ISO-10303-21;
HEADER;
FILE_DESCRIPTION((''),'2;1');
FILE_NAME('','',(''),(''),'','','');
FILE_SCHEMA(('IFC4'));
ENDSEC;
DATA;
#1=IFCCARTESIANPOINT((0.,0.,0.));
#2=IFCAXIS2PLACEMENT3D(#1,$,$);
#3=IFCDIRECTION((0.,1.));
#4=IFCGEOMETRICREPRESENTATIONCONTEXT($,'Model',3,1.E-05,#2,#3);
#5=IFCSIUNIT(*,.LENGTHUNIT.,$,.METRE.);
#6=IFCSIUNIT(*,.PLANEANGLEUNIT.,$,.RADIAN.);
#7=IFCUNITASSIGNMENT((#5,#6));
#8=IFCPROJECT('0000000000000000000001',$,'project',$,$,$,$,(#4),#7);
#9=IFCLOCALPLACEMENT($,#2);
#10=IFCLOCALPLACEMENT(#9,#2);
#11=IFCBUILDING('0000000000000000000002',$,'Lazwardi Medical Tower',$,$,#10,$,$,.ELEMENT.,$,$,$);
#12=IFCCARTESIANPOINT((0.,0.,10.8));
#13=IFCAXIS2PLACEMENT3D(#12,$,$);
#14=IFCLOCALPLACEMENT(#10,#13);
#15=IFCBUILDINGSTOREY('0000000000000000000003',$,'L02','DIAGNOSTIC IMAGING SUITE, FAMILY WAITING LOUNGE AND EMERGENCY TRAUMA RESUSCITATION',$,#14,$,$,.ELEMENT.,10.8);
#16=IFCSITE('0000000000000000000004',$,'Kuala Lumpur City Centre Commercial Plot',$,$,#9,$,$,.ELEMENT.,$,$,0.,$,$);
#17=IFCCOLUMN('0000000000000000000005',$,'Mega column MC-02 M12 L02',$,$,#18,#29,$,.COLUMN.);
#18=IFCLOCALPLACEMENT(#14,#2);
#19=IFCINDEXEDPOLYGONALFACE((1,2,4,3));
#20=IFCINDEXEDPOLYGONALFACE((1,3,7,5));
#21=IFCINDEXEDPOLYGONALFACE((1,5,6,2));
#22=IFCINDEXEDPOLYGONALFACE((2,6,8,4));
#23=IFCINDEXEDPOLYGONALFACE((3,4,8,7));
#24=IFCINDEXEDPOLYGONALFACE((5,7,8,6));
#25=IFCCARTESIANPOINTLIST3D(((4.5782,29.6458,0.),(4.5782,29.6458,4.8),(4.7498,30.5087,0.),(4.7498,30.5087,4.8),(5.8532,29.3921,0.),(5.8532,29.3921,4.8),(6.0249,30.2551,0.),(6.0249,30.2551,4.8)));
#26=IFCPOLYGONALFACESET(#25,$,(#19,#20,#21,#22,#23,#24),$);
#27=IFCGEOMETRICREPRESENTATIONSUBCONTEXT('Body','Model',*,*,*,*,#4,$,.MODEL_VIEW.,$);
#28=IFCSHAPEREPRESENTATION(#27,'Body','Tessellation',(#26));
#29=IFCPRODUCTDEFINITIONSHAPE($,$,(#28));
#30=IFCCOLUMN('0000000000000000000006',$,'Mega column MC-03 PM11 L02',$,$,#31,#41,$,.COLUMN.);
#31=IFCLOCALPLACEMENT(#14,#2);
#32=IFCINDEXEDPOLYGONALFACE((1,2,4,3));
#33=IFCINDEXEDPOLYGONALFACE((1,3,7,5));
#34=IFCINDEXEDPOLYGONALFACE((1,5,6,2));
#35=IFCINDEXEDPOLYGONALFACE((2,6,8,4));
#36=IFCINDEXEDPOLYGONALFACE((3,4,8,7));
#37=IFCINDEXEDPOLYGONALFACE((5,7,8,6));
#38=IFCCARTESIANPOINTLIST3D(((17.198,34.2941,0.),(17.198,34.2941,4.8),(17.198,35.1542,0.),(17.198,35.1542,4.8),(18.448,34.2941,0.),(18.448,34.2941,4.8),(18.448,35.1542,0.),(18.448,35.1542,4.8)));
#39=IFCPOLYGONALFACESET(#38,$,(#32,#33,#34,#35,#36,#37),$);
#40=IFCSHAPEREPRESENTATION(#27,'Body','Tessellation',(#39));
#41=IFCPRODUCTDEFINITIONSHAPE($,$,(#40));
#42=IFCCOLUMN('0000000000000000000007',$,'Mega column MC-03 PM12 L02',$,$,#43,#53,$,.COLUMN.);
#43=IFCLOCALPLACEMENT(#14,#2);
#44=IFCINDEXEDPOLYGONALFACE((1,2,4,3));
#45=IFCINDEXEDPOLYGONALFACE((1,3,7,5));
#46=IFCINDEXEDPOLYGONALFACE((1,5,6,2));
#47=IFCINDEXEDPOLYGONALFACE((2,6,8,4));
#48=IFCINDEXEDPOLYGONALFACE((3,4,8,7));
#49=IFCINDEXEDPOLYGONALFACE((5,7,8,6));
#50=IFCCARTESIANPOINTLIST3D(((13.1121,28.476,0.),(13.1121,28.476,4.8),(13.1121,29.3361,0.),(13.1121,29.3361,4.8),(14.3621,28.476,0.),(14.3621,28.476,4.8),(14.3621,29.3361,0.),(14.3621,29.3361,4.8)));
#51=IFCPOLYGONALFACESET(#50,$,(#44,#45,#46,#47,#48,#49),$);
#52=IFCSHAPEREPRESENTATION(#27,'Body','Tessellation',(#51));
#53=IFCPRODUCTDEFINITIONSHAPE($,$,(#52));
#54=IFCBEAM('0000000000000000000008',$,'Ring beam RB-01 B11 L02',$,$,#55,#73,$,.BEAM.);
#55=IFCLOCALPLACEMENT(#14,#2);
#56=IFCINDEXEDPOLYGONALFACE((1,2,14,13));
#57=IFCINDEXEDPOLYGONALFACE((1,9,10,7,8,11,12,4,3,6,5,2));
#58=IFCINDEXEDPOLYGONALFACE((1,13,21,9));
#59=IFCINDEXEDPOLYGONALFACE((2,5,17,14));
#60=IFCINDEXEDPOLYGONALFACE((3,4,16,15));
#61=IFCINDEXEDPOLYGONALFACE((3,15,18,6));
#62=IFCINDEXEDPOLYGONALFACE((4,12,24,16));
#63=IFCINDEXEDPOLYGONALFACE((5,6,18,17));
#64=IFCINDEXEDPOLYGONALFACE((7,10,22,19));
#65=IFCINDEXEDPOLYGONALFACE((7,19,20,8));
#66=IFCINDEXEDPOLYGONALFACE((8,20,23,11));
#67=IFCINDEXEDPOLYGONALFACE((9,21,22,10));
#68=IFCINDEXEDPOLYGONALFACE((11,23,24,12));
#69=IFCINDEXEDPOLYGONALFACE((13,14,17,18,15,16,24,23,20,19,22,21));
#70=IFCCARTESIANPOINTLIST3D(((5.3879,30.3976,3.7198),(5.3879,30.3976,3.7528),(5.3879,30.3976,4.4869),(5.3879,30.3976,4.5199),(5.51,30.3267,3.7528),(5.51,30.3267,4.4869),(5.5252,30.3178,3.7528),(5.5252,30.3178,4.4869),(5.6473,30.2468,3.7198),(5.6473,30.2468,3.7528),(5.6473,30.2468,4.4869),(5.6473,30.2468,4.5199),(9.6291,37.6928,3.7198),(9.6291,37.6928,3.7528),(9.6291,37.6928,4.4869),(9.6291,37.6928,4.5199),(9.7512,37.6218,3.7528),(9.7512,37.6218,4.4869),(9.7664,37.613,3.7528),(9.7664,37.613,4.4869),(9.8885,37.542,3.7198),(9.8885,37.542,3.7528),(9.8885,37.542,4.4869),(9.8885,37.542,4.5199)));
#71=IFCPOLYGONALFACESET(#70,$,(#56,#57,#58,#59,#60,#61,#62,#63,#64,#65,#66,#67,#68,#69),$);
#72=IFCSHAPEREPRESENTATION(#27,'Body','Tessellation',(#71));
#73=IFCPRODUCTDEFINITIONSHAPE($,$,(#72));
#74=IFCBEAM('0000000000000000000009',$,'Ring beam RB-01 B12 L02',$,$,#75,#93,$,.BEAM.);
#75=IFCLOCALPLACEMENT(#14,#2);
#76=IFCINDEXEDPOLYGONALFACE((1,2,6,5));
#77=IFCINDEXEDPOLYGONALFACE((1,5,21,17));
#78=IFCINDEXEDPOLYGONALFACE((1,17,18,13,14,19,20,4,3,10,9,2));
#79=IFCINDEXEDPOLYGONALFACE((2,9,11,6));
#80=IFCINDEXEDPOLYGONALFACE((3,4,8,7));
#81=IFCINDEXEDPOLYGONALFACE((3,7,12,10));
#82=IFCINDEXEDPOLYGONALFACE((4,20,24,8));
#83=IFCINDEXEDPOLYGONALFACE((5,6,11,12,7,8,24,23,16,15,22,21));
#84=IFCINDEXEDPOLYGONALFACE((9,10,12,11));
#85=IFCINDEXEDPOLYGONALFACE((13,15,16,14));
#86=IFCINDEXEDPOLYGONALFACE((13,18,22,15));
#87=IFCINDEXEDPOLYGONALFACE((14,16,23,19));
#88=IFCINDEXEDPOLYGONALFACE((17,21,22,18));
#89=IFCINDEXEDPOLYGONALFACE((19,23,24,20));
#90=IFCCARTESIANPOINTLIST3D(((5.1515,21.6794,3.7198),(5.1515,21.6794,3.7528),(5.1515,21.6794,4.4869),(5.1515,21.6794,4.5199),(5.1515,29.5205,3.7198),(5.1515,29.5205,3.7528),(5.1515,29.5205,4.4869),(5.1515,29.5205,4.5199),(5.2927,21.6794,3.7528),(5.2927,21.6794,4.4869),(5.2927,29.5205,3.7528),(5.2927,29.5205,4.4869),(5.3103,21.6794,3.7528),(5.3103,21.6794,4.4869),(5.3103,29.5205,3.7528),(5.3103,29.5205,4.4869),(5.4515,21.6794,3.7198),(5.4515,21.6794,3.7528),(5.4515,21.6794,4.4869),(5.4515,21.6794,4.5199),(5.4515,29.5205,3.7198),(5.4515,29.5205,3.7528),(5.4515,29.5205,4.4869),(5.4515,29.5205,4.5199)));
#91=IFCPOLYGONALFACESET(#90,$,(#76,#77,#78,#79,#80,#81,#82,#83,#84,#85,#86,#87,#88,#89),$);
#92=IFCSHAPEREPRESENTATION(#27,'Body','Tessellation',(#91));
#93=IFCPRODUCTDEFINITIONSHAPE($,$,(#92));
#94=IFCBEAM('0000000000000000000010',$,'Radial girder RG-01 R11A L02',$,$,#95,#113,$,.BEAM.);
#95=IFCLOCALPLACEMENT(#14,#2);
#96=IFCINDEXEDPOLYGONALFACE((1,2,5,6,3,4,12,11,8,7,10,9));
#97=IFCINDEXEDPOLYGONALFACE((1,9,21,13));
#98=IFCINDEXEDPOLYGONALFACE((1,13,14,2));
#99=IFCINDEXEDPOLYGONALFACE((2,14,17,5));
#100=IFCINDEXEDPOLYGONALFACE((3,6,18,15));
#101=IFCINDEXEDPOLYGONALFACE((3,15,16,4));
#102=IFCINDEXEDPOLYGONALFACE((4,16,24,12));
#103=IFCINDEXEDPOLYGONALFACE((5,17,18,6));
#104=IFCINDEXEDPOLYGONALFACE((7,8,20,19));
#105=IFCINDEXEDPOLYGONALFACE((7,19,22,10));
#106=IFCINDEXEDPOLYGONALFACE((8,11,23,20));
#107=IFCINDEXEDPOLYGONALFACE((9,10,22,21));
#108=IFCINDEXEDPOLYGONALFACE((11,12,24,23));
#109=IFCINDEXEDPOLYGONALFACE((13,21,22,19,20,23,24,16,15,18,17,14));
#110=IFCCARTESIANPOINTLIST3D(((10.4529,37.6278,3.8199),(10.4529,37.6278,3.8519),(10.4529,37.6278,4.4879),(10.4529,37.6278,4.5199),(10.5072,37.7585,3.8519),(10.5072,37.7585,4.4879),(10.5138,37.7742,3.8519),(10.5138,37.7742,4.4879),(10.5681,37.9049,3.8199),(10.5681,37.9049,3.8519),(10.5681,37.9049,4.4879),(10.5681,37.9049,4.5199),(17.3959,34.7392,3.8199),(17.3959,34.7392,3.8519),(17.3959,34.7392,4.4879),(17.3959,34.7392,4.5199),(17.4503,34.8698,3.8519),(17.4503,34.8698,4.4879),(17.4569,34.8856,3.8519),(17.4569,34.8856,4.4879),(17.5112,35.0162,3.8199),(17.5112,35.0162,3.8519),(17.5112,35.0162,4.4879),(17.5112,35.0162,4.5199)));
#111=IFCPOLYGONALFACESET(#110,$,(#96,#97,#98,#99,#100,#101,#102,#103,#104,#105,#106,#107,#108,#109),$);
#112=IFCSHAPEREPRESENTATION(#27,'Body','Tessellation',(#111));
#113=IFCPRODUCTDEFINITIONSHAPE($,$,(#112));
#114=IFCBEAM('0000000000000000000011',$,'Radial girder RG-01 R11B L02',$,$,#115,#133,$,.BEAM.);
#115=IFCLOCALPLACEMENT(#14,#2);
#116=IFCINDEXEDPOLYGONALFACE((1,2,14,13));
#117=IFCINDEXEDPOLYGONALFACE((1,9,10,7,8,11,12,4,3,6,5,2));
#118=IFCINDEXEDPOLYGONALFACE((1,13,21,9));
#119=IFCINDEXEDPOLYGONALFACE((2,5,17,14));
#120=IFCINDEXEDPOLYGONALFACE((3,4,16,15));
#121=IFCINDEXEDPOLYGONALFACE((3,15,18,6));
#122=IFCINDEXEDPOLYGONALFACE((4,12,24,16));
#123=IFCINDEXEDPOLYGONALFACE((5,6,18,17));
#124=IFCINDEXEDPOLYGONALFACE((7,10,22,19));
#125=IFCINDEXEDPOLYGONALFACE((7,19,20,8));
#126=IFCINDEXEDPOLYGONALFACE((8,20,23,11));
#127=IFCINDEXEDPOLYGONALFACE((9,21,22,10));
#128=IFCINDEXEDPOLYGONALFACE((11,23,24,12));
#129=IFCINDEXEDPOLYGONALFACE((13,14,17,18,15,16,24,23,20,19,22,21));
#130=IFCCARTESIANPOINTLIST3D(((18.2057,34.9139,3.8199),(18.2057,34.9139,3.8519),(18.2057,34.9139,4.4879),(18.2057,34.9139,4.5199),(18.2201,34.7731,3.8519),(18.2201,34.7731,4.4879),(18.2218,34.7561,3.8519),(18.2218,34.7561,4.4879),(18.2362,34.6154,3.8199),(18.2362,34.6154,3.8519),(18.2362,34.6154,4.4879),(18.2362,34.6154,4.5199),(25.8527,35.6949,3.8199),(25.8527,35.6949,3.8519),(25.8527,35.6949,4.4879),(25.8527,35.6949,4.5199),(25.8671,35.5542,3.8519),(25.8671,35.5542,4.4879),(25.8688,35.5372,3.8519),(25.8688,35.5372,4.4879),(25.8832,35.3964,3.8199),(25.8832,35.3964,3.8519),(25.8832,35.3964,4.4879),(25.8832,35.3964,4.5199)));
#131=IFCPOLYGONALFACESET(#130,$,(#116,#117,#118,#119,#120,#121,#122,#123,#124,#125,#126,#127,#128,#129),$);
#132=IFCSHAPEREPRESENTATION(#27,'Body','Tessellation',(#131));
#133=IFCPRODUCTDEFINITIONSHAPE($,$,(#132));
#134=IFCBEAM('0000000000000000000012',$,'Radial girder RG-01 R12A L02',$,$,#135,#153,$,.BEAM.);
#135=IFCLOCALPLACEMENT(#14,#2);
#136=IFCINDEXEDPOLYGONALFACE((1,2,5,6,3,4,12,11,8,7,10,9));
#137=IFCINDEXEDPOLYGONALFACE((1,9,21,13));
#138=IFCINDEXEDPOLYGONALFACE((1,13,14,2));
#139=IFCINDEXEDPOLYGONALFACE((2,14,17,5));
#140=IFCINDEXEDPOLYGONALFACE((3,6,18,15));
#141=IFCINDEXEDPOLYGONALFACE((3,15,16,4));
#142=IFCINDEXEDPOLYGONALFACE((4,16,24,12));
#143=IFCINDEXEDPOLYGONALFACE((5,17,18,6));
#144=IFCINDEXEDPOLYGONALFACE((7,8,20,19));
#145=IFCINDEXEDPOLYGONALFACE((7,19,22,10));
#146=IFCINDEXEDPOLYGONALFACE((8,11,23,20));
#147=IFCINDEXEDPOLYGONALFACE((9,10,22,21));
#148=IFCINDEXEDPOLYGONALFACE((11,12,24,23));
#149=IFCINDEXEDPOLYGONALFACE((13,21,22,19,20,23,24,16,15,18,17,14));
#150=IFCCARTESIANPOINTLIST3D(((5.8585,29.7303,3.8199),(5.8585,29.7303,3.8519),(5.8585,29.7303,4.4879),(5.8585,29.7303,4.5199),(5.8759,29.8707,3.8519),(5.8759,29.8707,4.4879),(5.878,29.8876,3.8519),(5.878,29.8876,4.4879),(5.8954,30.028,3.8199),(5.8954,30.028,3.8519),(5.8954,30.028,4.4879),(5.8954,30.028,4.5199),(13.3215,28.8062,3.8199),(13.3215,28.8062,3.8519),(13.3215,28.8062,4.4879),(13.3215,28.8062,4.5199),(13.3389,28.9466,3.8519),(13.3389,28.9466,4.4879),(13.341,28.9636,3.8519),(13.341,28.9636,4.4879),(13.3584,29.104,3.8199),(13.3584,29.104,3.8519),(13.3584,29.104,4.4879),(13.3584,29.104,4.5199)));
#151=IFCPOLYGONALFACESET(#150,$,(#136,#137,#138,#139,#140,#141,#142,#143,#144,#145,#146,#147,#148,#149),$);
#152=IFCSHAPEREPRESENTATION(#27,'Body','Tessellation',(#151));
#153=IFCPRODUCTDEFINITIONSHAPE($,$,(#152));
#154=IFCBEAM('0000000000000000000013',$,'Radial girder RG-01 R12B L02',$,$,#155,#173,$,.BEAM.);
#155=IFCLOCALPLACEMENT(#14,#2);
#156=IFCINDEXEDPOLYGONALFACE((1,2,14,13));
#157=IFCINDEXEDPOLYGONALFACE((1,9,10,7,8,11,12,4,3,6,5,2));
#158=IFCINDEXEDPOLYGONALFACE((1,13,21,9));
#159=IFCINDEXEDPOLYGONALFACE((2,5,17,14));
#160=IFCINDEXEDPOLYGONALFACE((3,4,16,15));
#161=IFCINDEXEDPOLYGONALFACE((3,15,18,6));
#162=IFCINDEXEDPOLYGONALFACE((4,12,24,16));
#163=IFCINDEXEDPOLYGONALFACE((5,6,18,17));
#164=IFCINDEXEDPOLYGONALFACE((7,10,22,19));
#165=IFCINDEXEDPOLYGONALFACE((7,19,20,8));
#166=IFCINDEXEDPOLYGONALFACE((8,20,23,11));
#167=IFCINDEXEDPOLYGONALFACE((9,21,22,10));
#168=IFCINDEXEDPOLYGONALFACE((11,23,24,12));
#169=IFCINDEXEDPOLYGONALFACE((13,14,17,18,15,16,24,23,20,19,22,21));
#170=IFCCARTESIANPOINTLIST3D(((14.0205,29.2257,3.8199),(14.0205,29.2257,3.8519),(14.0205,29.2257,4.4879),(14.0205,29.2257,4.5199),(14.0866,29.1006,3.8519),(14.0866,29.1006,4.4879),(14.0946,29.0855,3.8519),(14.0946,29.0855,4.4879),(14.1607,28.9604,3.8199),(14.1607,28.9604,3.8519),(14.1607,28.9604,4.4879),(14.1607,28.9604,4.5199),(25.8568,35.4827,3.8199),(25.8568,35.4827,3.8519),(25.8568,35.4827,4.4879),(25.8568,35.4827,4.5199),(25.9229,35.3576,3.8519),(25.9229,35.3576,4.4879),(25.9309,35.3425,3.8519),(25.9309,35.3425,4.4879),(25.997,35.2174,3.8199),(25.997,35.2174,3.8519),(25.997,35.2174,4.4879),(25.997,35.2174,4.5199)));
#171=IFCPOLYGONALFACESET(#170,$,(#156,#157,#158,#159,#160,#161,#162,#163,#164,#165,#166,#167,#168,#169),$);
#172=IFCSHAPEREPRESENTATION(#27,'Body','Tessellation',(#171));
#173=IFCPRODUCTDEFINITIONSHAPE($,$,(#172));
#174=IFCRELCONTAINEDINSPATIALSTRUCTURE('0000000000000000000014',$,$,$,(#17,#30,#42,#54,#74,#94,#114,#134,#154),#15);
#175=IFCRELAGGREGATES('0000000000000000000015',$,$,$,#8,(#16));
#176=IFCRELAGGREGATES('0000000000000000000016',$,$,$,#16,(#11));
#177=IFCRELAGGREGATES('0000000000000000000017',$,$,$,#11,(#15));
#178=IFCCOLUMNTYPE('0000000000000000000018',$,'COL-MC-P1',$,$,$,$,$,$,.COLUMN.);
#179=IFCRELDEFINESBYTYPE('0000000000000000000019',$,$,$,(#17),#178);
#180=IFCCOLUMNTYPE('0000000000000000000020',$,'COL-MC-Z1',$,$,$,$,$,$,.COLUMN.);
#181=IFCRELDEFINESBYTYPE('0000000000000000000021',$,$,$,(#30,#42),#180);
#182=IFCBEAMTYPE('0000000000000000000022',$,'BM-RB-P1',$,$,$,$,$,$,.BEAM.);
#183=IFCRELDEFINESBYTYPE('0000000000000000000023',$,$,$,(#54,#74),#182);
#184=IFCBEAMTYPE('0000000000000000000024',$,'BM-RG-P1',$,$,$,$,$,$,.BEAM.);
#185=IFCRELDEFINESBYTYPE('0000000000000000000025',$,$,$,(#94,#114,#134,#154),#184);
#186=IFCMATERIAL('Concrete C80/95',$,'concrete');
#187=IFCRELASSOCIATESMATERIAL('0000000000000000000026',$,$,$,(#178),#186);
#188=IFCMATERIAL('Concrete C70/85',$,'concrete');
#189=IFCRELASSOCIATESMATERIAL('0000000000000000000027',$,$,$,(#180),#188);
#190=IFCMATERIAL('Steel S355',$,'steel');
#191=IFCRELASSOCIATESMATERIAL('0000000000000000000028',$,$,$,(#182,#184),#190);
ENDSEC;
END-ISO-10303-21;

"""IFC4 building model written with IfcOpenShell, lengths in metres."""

from ifc_helpers import new_model, si_unit, direction, frame, origin, origin_2d, place, context, subcontext, project, spatial, rectangle, i_section, extrude, material, material_profile, profile_set, type_object, element, save


model = new_model("IFC4")

# Units and contexts
model_context = context("Model", 3, precision=1e-05, world=origin(), true_north=direction((0.0, 1.0)))
body_context = subcontext(model_context, "Body", "Model", "MODEL_VIEW")
ifc_project = project(units=[si_unit("LENGTHUNIT", "METRE"), si_unit("PLANEANGLEUNIT", "RADIAN")], contexts=[model_context])

# Site, building, storey
site_placement = place(None, origin())
site = spatial("IfcSite", under=ifc_project, at=site_placement, Name="Kuala Lumpur City Centre Commercial Plot", CompositionType="ELEMENT", RefElevation=0.0)
building_placement = place(site_placement, origin())
building = spatial("IfcBuilding", under=site, at=building_placement, Name="Lazwardi Medical Tower", CompositionType="ELEMENT")
storey_placement = place(building_placement, frame((0.0, 0.0, 10.8)))
storey = spatial("IfcBuildingStorey", under=building, at=storey_placement, Name="L02", Description="DIAGNOSTIC IMAGING SUITE, FAMILY WAITING LOUNGE AND EMERGENCY TRAUMA RESUSCITATION", CompositionType="ELEMENT", Elevation=10.8)

# Columns
ifc_material_1 = material(Name="Concrete C80/95", Category="concrete")
ifc_material_profile_1 = material_profile(ifc_material_1, rectangle(XDim=1.3, YDim=0.8799, at=origin_2d()), Name="CFT-RECT 1300x880")
ifc_profile_set_1 = profile_set([ifc_material_profile_1], Name="Concrete C80/95")
column_type_1 = type_object("IfcColumnType", Name="COL-MC-P1", PredefinedType="COLUMN", material=ifc_profile_set_1)
column_placement = place(storey_placement, frame((5.3015, 29.9504, 0.0), z_axis=(0.0, 0.0, 1.0), x_axis=(-0.980785, 0.19509, 0.0)))
element("IfcColumn", 1, at=column_placement, inside=storey, type_object=column_type_1, Name="Mega column MC-02 M12 L02", PredefinedType="COLUMN", context=body_context, shape_type="SweptSolid", body=[
    extrude(rectangle(XDim=1.3, YDim=0.8799, at=origin_2d()), origin(), (0.0, 0.0, 1.0), 4.8),
])
ifc_material_2 = material(Name="Concrete C70/85", Category="concrete")
ifc_material_profile_2 = material_profile(ifc_material_2, rectangle(XDim=1.25, YDim=0.8601, at=origin_2d()), Name="CFT-RECT 1250x860")
ifc_profile_set_2 = profile_set([ifc_material_profile_2], Name="Concrete C70/85")
column_type_2 = type_object("IfcColumnType", Name="COL-MC-Z1", PredefinedType="COLUMN", material=ifc_profile_set_2)
for number, where, z_axis, x_axis, name in (
    (2, (17.823, 34.7241, 0.0), (0.0, 0.0, 1.0), (1.0, 0.0, 0.0), "Mega column MC-03 PM11 L02"),
    (3, (13.7371, 28.906, 0.0), (0.0, 0.0, 1.0), (1.0, 0.0, 0.0), "Mega column MC-03 PM12 L02"),
):
    element("IfcColumn", number, at=place(storey_placement, frame(where, z_axis=z_axis, x_axis=x_axis)), inside=storey, type_object=column_type_2, Name=name, PredefinedType="COLUMN", context=body_context, shape_type="SweptSolid", body=[
        extrude(rectangle(XDim=1.25, YDim=0.8601, at=origin_2d()), origin(), (0.0, 0.0, 1.0), 4.8),
    ])

# Beams
ifc_material_3 = material(Name="Steel S355", Category="steel")
ifc_material_profile_3 = material_profile(ifc_material_3, i_section(OverallWidth=0.3, OverallDepth=0.8, WebThickness=0.0176, FlangeThickness=0.033, at=origin_2d()), Name="HEB 800")
ifc_profile_set_3 = profile_set([ifc_material_profile_3], Name="Steel S355")
beam_type_1 = type_object("IfcBeamType", Name="BM-RB-P1", PredefinedType="BEAM", material=ifc_profile_set_3)
beam_1_placement = place(storey_placement, frame((9.7588, 37.6174, 4.1199), z_axis=(-0.502606, -0.864516, 0.0), x_axis=(0.864516, -0.502606, 0.0)))
element("IfcBeam", 4, at=beam_1_placement, inside=storey, type_object=beam_type_1, Name="Ring beam RB-01 B11 L02", PredefinedType="BEAM", context=body_context, shape_type="SweptSolid", body=[
    extrude(i_section(OverallWidth=0.3, OverallDepth=0.8, WebThickness=0.0176, FlangeThickness=0.033, at=origin_2d()), origin(), (0.0, 0.0, 1.0), 8.4385),
])
beam_2_placement = place(storey_placement, frame((5.3015, 29.5205, 4.1199), z_axis=(0.0, -1.0, 0.0), x_axis=(1.0, 0.0, 0.0)))
element("IfcBeam", 5, at=beam_2_placement, inside=storey, type_object=beam_type_1, Name="Ring beam RB-01 B12 L02", PredefinedType="BEAM", context=body_context, shape_type="SweptSolid", body=[
    extrude(i_section(OverallWidth=0.3, OverallDepth=0.8, WebThickness=0.0176, FlangeThickness=0.033, at=origin_2d()), origin(), (0.0, 0.0, 1.0), 7.8411),
])
ifc_material_profile_4 = material_profile(ifc_material_3, i_section(OverallWidth=0.3, OverallDepth=0.7, WebThickness=0.0171, FlangeThickness=0.032, at=origin_2d()), Name="HEB 700")
ifc_profile_set_4 = profile_set([ifc_material_profile_4], Name="Steel S355")
beam_type_2 = type_object("IfcBeamType", Name="BM-RG-P1", PredefinedType="BEAM", material=ifc_profile_set_4)
beam_3_placement = place(storey_placement, frame((10.5105, 37.7664, 4.1699), z_axis=(0.923279, -0.384129, 0.0), x_axis=(0.384129, 0.923279, 0.0)))
element("IfcBeam", 6, at=beam_3_placement, inside=storey, type_object=beam_type_2, Name="Radial girder RG-01 R11A L02", PredefinedType="BEAM", context=body_context, shape_type="SweptSolid", body=[
    extrude(i_section(OverallWidth=0.3, OverallDepth=0.7, WebThickness=0.0171, FlangeThickness=0.032, at=origin_2d()), origin(), (0.0, 0.0, 1.0), 7.52),
])
beam_4_placement = place(storey_placement, frame((18.2209, 34.7646, 4.1699), z_axis=(0.994825, 0.101604, 0.0), x_axis=(-0.101604, 0.994825, 0.0)))
element("IfcBeam", 7, at=beam_4_placement, inside=storey, type_object=beam_type_2, Name="Radial girder RG-01 R11B L02", PredefinedType="BEAM", context=body_context, shape_type="SweptSolid", body=[
    extrude(i_section(OverallWidth=0.3, OverallDepth=0.7, WebThickness=0.0171, FlangeThickness=0.032, at=origin_2d()), origin(), (0.0, 0.0, 1.0), 7.6868),
])
beam_5_placement = place(storey_placement, frame((5.877, 29.8792, 4.1699), z_axis=(0.992422, -0.12288, 0.0), x_axis=(0.12288, 0.992422, 0.0)))
element("IfcBeam", 8, at=beam_5_placement, inside=storey, type_object=beam_type_2, Name="Radial girder RG-01 R12A L02", PredefinedType="BEAM", context=body_context, shape_type="SweptSolid", body=[
    extrude(i_section(OverallWidth=0.3, OverallDepth=0.7, WebThickness=0.0171, FlangeThickness=0.032, at=origin_2d()), origin(), (0.0, 0.0, 1.0), 7.52),
])
beam_6_placement = place(storey_placement, frame((14.0906, 29.093, 4.1699), z_axis=(0.884074, 0.467347, 0.0), x_axis=(-0.467347, 0.884074, 0.0)))
element("IfcBeam", 9, at=beam_6_placement, inside=storey, type_object=beam_type_2, Name="Radial girder RG-01 R12B L02", PredefinedType="BEAM", context=body_context, shape_type="SweptSolid", body=[
    extrude(i_section(OverallWidth=0.3, OverallDepth=0.7, WebThickness=0.0171, FlangeThickness=0.032, at=origin_2d()), origin(), (0.0, 0.0, 1.0), 13.3884),
])

save(model, "model.ifc")
